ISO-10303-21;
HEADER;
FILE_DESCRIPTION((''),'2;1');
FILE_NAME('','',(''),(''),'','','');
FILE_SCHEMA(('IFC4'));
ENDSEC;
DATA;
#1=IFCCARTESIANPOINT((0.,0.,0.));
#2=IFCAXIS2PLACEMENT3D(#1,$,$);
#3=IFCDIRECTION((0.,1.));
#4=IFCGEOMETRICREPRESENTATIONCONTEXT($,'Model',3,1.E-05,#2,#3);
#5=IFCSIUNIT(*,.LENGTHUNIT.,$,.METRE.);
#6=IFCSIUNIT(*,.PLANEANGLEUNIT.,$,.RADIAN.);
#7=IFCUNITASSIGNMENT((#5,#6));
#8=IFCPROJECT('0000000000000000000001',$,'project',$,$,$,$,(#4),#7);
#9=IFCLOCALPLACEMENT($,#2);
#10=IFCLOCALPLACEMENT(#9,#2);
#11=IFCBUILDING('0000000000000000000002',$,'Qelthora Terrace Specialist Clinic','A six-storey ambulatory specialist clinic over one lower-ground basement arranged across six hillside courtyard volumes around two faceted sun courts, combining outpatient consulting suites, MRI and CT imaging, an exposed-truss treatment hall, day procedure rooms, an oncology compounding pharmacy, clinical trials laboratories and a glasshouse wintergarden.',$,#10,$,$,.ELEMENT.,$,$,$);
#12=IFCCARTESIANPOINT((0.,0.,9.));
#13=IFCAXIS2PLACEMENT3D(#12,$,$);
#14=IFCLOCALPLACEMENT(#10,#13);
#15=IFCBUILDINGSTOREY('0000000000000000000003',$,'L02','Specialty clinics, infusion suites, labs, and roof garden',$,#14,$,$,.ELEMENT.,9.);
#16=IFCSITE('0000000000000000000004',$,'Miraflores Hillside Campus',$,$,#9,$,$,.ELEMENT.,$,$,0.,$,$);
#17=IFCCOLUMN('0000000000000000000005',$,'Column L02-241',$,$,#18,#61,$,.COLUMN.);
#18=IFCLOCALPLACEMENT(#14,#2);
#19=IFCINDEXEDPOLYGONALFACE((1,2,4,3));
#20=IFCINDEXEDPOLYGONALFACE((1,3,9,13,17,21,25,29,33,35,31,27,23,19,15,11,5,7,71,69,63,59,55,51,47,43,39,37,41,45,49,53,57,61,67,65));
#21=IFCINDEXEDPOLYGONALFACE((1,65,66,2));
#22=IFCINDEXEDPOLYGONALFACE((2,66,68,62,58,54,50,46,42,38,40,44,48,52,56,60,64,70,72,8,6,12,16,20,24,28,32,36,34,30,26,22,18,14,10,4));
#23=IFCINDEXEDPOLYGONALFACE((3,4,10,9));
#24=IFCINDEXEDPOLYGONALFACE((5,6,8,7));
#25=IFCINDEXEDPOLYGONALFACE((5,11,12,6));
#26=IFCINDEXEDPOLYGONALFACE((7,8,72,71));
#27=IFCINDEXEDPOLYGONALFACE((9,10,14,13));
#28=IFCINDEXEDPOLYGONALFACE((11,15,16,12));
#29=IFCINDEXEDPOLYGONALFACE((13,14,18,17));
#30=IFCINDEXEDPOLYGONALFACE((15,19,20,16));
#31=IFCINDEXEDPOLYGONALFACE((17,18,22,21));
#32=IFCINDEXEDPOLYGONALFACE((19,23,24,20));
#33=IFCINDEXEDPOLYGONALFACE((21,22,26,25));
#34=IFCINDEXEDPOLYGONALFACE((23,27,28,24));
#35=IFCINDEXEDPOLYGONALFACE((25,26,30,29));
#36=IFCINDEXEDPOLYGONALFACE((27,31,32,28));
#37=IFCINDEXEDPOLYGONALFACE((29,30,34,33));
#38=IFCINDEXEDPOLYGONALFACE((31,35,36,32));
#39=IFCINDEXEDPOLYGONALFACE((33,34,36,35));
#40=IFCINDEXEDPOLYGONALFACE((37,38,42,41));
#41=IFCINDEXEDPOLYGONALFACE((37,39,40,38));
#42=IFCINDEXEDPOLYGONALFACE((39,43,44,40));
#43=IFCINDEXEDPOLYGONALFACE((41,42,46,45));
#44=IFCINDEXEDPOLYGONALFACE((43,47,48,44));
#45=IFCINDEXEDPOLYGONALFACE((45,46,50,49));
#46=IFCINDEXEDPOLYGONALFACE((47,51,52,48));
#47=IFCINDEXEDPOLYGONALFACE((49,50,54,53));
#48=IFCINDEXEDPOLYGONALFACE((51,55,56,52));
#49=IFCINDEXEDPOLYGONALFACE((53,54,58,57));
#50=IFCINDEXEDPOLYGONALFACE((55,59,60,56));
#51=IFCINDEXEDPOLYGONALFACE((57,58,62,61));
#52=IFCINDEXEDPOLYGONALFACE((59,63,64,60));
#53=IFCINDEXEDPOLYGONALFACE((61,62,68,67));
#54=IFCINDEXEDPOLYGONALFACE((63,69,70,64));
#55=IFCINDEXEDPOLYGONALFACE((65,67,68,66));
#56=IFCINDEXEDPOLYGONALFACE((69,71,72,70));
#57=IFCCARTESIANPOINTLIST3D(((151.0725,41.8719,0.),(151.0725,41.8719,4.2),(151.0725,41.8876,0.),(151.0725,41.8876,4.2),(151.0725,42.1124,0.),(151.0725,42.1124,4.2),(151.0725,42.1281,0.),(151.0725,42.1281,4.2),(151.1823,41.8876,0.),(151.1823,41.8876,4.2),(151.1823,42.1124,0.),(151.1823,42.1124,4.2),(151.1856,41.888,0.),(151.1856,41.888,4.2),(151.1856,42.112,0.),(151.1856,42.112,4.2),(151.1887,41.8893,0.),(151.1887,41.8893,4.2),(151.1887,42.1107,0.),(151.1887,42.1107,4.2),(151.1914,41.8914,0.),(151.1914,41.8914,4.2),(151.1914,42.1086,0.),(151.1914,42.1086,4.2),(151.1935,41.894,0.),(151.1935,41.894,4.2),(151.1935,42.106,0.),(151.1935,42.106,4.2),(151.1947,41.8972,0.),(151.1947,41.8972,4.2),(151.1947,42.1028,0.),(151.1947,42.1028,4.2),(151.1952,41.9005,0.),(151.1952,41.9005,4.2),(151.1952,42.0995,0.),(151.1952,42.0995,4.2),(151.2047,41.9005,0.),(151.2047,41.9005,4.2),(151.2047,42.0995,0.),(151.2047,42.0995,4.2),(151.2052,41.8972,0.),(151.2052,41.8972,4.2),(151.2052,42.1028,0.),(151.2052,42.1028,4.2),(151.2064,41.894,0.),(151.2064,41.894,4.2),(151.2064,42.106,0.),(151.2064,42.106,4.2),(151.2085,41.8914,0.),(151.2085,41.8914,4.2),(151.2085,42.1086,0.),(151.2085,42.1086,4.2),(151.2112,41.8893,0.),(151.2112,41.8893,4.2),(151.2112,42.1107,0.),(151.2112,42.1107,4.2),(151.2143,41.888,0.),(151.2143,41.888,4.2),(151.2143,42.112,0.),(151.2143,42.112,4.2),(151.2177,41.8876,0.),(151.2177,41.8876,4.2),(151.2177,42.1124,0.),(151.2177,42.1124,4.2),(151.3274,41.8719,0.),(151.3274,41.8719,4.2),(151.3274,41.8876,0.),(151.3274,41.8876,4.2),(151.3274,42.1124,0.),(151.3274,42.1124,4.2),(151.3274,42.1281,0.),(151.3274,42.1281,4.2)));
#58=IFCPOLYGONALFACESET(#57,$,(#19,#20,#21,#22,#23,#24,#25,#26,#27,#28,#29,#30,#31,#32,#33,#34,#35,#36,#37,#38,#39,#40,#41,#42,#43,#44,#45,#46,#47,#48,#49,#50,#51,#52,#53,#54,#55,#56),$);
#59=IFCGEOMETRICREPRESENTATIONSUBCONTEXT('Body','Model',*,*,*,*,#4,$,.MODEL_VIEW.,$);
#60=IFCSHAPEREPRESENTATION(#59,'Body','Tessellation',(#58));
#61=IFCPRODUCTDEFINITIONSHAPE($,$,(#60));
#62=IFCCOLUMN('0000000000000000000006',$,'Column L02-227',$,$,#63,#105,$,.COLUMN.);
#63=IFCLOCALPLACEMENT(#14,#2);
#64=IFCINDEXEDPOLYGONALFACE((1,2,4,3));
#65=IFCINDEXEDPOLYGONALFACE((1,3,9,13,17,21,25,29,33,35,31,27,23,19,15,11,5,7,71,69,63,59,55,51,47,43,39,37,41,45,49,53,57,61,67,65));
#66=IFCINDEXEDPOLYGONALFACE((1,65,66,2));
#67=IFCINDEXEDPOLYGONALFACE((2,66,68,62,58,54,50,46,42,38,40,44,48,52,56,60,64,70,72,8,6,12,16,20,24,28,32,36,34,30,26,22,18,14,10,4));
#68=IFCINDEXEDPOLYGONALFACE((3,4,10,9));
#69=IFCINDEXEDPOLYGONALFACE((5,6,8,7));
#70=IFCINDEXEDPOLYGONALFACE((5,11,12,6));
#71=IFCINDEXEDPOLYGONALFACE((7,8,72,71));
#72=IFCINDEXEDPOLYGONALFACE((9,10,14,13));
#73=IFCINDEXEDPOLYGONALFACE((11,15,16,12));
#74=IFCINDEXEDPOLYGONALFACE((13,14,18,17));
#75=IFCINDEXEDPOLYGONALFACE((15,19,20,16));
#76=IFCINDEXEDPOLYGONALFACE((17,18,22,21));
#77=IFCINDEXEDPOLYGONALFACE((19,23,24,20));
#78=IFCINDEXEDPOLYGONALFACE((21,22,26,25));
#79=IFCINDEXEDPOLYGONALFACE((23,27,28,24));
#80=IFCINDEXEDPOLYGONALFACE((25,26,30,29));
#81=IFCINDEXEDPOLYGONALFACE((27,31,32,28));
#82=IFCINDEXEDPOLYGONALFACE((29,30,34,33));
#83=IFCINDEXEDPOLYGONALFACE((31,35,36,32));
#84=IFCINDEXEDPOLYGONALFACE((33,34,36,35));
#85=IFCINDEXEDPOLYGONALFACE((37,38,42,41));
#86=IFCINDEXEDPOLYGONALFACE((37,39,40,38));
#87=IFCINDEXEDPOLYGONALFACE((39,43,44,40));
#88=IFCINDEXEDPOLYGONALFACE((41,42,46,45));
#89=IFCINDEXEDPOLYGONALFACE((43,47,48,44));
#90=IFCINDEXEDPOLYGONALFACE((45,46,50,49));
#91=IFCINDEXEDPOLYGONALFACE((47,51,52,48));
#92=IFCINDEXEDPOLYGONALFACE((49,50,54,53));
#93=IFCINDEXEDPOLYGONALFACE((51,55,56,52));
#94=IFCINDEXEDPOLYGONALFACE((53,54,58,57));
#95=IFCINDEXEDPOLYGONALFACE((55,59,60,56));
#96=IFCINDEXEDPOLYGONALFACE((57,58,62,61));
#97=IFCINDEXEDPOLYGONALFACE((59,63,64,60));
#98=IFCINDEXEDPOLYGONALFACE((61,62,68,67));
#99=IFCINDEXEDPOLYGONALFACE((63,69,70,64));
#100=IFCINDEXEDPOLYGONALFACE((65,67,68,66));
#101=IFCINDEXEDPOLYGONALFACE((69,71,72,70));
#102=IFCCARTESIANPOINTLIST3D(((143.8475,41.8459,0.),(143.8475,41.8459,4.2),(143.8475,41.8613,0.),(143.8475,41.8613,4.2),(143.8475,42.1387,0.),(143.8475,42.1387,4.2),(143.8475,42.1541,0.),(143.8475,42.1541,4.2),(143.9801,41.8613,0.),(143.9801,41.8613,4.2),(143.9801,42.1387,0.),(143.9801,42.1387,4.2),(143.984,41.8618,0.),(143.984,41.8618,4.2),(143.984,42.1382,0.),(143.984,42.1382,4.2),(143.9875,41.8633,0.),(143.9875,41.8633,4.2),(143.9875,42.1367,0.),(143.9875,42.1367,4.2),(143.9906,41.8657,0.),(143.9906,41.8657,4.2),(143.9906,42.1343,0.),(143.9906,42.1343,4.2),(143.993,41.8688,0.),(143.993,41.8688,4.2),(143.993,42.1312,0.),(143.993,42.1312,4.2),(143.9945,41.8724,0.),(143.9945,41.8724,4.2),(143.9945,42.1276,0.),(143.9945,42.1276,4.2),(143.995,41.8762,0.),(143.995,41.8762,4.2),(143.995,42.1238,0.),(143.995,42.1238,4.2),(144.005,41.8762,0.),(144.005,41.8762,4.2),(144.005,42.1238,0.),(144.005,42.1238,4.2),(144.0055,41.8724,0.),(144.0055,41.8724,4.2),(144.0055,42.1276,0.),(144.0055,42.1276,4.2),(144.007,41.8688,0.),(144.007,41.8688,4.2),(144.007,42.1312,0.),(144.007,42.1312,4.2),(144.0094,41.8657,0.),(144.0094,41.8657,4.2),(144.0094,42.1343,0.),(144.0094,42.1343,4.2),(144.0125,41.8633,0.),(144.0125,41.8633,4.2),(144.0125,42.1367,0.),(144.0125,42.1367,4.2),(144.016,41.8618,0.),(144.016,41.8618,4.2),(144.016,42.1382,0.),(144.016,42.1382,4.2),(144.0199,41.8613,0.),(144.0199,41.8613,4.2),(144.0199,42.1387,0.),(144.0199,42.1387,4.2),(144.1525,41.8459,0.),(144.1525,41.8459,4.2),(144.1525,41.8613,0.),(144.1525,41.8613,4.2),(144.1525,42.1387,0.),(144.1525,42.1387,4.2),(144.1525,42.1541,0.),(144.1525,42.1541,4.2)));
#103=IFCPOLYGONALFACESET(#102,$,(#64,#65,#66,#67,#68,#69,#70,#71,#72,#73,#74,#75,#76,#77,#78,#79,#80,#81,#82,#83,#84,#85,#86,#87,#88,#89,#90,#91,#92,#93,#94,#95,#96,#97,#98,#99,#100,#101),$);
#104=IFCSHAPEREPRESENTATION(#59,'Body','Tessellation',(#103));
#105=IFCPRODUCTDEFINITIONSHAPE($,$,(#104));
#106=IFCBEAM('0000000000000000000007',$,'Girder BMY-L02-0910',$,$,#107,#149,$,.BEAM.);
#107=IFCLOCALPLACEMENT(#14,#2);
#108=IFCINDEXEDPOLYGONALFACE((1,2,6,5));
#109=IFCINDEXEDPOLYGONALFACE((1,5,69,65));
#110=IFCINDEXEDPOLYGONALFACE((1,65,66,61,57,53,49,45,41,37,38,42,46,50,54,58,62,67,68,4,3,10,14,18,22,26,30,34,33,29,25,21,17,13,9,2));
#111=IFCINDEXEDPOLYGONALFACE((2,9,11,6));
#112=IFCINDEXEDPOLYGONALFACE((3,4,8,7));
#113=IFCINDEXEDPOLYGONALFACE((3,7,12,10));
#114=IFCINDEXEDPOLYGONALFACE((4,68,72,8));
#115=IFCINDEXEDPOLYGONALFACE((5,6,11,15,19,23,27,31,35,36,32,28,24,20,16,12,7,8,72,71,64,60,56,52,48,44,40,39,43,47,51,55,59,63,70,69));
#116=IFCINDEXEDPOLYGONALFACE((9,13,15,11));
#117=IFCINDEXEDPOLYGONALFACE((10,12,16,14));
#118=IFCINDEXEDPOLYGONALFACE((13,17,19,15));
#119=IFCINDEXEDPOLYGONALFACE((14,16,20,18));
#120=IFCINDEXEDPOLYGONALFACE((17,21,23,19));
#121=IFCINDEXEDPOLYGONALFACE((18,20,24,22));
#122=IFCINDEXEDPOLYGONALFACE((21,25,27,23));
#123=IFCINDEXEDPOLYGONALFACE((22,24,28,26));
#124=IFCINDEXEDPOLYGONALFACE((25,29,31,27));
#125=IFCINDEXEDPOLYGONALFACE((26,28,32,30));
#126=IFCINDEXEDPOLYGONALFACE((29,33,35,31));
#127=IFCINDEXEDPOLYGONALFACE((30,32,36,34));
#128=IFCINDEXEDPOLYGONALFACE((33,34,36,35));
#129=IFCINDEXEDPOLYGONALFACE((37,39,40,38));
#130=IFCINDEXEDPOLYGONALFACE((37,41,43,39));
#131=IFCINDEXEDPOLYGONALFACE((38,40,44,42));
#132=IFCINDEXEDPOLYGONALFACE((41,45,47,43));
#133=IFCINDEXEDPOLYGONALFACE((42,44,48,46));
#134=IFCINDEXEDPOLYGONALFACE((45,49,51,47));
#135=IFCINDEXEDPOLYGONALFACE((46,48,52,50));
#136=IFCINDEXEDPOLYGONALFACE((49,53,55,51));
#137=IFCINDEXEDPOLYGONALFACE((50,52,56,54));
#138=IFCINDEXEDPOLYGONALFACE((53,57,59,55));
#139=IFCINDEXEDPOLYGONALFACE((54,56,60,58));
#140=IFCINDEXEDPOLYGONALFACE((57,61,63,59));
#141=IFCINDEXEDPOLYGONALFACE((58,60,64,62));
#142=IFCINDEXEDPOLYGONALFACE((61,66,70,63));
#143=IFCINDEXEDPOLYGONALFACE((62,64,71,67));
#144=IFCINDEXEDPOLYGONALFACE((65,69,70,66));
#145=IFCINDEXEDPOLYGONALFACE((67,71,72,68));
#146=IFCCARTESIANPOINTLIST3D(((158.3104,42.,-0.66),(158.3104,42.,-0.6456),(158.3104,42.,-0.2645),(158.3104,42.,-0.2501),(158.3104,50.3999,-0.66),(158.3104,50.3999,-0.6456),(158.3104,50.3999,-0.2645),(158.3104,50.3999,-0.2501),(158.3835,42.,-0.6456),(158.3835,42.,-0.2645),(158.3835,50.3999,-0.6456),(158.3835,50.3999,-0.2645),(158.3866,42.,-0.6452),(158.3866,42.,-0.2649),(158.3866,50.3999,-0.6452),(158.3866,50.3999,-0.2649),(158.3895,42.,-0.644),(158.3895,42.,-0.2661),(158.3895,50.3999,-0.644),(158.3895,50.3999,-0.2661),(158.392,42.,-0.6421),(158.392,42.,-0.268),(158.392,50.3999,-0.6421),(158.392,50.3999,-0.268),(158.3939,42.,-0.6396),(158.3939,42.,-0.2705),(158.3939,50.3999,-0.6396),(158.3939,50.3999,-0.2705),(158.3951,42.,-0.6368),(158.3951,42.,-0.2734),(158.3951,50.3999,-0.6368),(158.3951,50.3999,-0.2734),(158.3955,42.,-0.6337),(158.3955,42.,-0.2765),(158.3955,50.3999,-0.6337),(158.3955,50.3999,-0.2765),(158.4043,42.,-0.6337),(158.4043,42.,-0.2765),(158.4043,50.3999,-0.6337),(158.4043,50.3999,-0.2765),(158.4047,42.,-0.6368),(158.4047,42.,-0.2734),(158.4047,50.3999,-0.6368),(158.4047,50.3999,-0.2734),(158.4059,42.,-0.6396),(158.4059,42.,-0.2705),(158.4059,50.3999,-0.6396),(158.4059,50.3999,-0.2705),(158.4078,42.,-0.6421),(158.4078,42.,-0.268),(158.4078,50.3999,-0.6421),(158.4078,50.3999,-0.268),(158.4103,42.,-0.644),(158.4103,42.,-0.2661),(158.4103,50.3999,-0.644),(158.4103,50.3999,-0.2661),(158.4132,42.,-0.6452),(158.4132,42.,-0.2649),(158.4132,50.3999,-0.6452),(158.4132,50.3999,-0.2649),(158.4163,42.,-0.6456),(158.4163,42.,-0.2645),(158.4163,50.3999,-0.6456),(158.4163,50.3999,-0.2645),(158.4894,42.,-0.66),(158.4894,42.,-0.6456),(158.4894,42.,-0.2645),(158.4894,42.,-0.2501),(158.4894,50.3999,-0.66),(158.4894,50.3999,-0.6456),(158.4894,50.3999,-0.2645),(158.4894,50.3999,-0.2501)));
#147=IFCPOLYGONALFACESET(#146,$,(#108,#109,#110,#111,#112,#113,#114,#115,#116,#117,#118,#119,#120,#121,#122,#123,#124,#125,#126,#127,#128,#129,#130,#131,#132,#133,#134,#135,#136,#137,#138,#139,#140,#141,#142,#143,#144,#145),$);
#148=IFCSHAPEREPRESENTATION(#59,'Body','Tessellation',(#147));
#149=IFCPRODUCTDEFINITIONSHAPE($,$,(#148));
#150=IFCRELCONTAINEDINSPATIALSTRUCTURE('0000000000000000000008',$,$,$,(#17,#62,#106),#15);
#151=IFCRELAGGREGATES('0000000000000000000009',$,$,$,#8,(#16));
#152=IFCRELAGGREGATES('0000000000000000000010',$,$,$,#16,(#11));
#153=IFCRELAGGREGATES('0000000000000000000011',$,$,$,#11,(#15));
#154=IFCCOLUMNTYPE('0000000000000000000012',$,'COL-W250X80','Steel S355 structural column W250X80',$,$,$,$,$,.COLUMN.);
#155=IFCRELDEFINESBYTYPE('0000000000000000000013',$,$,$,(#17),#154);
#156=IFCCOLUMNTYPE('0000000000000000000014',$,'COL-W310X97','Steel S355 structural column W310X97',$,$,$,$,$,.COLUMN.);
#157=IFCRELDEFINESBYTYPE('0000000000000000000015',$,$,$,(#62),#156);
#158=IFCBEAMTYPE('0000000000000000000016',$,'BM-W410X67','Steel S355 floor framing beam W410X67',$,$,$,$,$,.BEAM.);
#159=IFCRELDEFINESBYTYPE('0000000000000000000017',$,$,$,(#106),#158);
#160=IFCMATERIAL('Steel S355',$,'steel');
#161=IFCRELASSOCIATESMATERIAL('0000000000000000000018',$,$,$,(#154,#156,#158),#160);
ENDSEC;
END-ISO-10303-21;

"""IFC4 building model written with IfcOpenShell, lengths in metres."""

from ifc_helpers import new_model, si_unit, direction, frame, origin, origin_2d, place, context, subcontext, project, spatial, i_section, extrude, material, material_profile, profile_set, type_object, element, save


model = new_model("IFC4")

# Units and contexts
model_context = context("Model", 3, precision=1e-05, world=origin(), true_north=direction((0.0, 1.0)))
body_context = subcontext(model_context, "Body", "Model", "MODEL_VIEW")
ifc_project = project(units=[si_unit("LENGTHUNIT", "METRE"), si_unit("PLANEANGLEUNIT", "RADIAN")], contexts=[model_context])

# Site, building, storey
site_placement = place(None, origin())
site = spatial("IfcSite", under=ifc_project, at=site_placement, Name="Miraflores Hillside Campus", CompositionType="ELEMENT", RefElevation=0.0)
building_placement = place(site_placement, origin())
building = spatial("IfcBuilding", under=site, at=building_placement, Name="Qelthora Terrace Specialist Clinic", Description="A six-storey ambulatory specialist clinic over one lower-ground basement arranged across six hillside courtyard volumes around two faceted sun courts, combining outpatient consulting suites, MRI and CT imaging, an exposed-truss treatment hall, day procedure rooms, an oncology compounding pharmacy, clinical trials laboratories and a glasshouse wintergarden.", CompositionType="ELEMENT")
storey_placement = place(building_placement, frame((0.0, 0.0, 9.0)))
storey = spatial("IfcBuildingStorey", under=building, at=storey_placement, Name="L02", Description="Specialty clinics, infusion suites, labs, and roof garden", CompositionType="ELEMENT", Elevation=9.0)

# Columns
ifc_material_1 = material(Name="Steel S355", Category="steel")
ifc_material_profile_1 = material_profile(ifc_material_1, i_section(OverallWidth=0.2549, OverallDepth=0.2561, WebThickness=0.0095, FlangeThickness=0.0156, FilletRadius=0.0129, at=origin_2d()), Name="W250X80")
ifc_profile_set_1 = profile_set([ifc_material_profile_1], Name="Steel S355")
column_type_1 = type_object("IfcColumnType", Name="COL-W250X80", Description="Steel S355 structural column W250X80", PredefinedType="COLUMN", material=ifc_profile_set_1)
column_1_placement = place(storey_placement, frame((151.2, 42.0, 0.0), z_axis=(0.0, 0.0, 1.0), x_axis=(1.0, 0.0, 0.0)))
element("IfcColumn", 1, at=column_1_placement, inside=storey, type_object=column_type_1, Name="Column L02-241", PredefinedType="COLUMN", context=body_context, shape_type="SweptSolid", body=[
    extrude(i_section(OverallWidth=0.2549, OverallDepth=0.2561, WebThickness=0.0095, FlangeThickness=0.0156, FilletRadius=0.0129, at=origin_2d()), origin(), (0.0, 0.0, 1.0), 4.2),
])
ifc_material_profile_2 = material_profile(ifc_material_1, i_section(OverallWidth=0.3049, OverallDepth=0.3081, WebThickness=0.01, FlangeThickness=0.0154, FilletRadius=0.0149, at=origin_2d()), Name="W310X97")
ifc_profile_set_2 = profile_set([ifc_material_profile_2], Name="Steel S355")
column_type_2 = type_object("IfcColumnType", Name="COL-W310X97", Description="Steel S355 structural column W310X97", PredefinedType="COLUMN", material=ifc_profile_set_2)
column_2_placement = place(storey_placement, frame((144.0, 42.0, 0.0), z_axis=(0.0, 0.0, 1.0), x_axis=(1.0, 0.0, 0.0)))
element("IfcColumn", 2, at=column_2_placement, inside=storey, type_object=column_type_2, Name="Column L02-227", PredefinedType="COLUMN", context=body_context, shape_type="SweptSolid", body=[
    extrude(i_section(OverallWidth=0.3049, OverallDepth=0.3081, WebThickness=0.01, FlangeThickness=0.0154, FilletRadius=0.0149, at=origin_2d()), origin(), (0.0, 0.0, 1.0), 4.2),
])

# Beam
ifc_material_profile_3 = material_profile(ifc_material_1, i_section(OverallWidth=0.179, OverallDepth=0.4099, WebThickness=0.0088, FlangeThickness=0.0144, FilletRadius=0.012, at=origin_2d()), Name="W410X67")
ifc_profile_set_3 = profile_set([ifc_material_profile_3], Name="Steel S355")
beam_type_1 = type_object("IfcBeamType", Name="BM-W410X67", Description="Steel S355 floor framing beam W410X67", PredefinedType="BEAM", material=ifc_profile_set_3)
beam_1_placement = place(storey_placement, frame((158.3999, 42.0, -0.4551), z_axis=(0.0, 1.0, 0.0), x_axis=(-1.0, 0.0, 0.0)))
element("IfcBeam", 3, at=beam_1_placement, inside=storey, type_object=beam_type_1, Name="Girder BMY-L02-0910", PredefinedType="BEAM", context=body_context, shape_type="SweptSolid", body=[
    extrude(i_section(OverallWidth=0.179, OverallDepth=0.4099, WebThickness=0.0088, FlangeThickness=0.0144, FilletRadius=0.012, at=origin_2d()), origin(), (0.0, 0.0, 1.0), 8.3999),
])

save(model, "model.ifc")
